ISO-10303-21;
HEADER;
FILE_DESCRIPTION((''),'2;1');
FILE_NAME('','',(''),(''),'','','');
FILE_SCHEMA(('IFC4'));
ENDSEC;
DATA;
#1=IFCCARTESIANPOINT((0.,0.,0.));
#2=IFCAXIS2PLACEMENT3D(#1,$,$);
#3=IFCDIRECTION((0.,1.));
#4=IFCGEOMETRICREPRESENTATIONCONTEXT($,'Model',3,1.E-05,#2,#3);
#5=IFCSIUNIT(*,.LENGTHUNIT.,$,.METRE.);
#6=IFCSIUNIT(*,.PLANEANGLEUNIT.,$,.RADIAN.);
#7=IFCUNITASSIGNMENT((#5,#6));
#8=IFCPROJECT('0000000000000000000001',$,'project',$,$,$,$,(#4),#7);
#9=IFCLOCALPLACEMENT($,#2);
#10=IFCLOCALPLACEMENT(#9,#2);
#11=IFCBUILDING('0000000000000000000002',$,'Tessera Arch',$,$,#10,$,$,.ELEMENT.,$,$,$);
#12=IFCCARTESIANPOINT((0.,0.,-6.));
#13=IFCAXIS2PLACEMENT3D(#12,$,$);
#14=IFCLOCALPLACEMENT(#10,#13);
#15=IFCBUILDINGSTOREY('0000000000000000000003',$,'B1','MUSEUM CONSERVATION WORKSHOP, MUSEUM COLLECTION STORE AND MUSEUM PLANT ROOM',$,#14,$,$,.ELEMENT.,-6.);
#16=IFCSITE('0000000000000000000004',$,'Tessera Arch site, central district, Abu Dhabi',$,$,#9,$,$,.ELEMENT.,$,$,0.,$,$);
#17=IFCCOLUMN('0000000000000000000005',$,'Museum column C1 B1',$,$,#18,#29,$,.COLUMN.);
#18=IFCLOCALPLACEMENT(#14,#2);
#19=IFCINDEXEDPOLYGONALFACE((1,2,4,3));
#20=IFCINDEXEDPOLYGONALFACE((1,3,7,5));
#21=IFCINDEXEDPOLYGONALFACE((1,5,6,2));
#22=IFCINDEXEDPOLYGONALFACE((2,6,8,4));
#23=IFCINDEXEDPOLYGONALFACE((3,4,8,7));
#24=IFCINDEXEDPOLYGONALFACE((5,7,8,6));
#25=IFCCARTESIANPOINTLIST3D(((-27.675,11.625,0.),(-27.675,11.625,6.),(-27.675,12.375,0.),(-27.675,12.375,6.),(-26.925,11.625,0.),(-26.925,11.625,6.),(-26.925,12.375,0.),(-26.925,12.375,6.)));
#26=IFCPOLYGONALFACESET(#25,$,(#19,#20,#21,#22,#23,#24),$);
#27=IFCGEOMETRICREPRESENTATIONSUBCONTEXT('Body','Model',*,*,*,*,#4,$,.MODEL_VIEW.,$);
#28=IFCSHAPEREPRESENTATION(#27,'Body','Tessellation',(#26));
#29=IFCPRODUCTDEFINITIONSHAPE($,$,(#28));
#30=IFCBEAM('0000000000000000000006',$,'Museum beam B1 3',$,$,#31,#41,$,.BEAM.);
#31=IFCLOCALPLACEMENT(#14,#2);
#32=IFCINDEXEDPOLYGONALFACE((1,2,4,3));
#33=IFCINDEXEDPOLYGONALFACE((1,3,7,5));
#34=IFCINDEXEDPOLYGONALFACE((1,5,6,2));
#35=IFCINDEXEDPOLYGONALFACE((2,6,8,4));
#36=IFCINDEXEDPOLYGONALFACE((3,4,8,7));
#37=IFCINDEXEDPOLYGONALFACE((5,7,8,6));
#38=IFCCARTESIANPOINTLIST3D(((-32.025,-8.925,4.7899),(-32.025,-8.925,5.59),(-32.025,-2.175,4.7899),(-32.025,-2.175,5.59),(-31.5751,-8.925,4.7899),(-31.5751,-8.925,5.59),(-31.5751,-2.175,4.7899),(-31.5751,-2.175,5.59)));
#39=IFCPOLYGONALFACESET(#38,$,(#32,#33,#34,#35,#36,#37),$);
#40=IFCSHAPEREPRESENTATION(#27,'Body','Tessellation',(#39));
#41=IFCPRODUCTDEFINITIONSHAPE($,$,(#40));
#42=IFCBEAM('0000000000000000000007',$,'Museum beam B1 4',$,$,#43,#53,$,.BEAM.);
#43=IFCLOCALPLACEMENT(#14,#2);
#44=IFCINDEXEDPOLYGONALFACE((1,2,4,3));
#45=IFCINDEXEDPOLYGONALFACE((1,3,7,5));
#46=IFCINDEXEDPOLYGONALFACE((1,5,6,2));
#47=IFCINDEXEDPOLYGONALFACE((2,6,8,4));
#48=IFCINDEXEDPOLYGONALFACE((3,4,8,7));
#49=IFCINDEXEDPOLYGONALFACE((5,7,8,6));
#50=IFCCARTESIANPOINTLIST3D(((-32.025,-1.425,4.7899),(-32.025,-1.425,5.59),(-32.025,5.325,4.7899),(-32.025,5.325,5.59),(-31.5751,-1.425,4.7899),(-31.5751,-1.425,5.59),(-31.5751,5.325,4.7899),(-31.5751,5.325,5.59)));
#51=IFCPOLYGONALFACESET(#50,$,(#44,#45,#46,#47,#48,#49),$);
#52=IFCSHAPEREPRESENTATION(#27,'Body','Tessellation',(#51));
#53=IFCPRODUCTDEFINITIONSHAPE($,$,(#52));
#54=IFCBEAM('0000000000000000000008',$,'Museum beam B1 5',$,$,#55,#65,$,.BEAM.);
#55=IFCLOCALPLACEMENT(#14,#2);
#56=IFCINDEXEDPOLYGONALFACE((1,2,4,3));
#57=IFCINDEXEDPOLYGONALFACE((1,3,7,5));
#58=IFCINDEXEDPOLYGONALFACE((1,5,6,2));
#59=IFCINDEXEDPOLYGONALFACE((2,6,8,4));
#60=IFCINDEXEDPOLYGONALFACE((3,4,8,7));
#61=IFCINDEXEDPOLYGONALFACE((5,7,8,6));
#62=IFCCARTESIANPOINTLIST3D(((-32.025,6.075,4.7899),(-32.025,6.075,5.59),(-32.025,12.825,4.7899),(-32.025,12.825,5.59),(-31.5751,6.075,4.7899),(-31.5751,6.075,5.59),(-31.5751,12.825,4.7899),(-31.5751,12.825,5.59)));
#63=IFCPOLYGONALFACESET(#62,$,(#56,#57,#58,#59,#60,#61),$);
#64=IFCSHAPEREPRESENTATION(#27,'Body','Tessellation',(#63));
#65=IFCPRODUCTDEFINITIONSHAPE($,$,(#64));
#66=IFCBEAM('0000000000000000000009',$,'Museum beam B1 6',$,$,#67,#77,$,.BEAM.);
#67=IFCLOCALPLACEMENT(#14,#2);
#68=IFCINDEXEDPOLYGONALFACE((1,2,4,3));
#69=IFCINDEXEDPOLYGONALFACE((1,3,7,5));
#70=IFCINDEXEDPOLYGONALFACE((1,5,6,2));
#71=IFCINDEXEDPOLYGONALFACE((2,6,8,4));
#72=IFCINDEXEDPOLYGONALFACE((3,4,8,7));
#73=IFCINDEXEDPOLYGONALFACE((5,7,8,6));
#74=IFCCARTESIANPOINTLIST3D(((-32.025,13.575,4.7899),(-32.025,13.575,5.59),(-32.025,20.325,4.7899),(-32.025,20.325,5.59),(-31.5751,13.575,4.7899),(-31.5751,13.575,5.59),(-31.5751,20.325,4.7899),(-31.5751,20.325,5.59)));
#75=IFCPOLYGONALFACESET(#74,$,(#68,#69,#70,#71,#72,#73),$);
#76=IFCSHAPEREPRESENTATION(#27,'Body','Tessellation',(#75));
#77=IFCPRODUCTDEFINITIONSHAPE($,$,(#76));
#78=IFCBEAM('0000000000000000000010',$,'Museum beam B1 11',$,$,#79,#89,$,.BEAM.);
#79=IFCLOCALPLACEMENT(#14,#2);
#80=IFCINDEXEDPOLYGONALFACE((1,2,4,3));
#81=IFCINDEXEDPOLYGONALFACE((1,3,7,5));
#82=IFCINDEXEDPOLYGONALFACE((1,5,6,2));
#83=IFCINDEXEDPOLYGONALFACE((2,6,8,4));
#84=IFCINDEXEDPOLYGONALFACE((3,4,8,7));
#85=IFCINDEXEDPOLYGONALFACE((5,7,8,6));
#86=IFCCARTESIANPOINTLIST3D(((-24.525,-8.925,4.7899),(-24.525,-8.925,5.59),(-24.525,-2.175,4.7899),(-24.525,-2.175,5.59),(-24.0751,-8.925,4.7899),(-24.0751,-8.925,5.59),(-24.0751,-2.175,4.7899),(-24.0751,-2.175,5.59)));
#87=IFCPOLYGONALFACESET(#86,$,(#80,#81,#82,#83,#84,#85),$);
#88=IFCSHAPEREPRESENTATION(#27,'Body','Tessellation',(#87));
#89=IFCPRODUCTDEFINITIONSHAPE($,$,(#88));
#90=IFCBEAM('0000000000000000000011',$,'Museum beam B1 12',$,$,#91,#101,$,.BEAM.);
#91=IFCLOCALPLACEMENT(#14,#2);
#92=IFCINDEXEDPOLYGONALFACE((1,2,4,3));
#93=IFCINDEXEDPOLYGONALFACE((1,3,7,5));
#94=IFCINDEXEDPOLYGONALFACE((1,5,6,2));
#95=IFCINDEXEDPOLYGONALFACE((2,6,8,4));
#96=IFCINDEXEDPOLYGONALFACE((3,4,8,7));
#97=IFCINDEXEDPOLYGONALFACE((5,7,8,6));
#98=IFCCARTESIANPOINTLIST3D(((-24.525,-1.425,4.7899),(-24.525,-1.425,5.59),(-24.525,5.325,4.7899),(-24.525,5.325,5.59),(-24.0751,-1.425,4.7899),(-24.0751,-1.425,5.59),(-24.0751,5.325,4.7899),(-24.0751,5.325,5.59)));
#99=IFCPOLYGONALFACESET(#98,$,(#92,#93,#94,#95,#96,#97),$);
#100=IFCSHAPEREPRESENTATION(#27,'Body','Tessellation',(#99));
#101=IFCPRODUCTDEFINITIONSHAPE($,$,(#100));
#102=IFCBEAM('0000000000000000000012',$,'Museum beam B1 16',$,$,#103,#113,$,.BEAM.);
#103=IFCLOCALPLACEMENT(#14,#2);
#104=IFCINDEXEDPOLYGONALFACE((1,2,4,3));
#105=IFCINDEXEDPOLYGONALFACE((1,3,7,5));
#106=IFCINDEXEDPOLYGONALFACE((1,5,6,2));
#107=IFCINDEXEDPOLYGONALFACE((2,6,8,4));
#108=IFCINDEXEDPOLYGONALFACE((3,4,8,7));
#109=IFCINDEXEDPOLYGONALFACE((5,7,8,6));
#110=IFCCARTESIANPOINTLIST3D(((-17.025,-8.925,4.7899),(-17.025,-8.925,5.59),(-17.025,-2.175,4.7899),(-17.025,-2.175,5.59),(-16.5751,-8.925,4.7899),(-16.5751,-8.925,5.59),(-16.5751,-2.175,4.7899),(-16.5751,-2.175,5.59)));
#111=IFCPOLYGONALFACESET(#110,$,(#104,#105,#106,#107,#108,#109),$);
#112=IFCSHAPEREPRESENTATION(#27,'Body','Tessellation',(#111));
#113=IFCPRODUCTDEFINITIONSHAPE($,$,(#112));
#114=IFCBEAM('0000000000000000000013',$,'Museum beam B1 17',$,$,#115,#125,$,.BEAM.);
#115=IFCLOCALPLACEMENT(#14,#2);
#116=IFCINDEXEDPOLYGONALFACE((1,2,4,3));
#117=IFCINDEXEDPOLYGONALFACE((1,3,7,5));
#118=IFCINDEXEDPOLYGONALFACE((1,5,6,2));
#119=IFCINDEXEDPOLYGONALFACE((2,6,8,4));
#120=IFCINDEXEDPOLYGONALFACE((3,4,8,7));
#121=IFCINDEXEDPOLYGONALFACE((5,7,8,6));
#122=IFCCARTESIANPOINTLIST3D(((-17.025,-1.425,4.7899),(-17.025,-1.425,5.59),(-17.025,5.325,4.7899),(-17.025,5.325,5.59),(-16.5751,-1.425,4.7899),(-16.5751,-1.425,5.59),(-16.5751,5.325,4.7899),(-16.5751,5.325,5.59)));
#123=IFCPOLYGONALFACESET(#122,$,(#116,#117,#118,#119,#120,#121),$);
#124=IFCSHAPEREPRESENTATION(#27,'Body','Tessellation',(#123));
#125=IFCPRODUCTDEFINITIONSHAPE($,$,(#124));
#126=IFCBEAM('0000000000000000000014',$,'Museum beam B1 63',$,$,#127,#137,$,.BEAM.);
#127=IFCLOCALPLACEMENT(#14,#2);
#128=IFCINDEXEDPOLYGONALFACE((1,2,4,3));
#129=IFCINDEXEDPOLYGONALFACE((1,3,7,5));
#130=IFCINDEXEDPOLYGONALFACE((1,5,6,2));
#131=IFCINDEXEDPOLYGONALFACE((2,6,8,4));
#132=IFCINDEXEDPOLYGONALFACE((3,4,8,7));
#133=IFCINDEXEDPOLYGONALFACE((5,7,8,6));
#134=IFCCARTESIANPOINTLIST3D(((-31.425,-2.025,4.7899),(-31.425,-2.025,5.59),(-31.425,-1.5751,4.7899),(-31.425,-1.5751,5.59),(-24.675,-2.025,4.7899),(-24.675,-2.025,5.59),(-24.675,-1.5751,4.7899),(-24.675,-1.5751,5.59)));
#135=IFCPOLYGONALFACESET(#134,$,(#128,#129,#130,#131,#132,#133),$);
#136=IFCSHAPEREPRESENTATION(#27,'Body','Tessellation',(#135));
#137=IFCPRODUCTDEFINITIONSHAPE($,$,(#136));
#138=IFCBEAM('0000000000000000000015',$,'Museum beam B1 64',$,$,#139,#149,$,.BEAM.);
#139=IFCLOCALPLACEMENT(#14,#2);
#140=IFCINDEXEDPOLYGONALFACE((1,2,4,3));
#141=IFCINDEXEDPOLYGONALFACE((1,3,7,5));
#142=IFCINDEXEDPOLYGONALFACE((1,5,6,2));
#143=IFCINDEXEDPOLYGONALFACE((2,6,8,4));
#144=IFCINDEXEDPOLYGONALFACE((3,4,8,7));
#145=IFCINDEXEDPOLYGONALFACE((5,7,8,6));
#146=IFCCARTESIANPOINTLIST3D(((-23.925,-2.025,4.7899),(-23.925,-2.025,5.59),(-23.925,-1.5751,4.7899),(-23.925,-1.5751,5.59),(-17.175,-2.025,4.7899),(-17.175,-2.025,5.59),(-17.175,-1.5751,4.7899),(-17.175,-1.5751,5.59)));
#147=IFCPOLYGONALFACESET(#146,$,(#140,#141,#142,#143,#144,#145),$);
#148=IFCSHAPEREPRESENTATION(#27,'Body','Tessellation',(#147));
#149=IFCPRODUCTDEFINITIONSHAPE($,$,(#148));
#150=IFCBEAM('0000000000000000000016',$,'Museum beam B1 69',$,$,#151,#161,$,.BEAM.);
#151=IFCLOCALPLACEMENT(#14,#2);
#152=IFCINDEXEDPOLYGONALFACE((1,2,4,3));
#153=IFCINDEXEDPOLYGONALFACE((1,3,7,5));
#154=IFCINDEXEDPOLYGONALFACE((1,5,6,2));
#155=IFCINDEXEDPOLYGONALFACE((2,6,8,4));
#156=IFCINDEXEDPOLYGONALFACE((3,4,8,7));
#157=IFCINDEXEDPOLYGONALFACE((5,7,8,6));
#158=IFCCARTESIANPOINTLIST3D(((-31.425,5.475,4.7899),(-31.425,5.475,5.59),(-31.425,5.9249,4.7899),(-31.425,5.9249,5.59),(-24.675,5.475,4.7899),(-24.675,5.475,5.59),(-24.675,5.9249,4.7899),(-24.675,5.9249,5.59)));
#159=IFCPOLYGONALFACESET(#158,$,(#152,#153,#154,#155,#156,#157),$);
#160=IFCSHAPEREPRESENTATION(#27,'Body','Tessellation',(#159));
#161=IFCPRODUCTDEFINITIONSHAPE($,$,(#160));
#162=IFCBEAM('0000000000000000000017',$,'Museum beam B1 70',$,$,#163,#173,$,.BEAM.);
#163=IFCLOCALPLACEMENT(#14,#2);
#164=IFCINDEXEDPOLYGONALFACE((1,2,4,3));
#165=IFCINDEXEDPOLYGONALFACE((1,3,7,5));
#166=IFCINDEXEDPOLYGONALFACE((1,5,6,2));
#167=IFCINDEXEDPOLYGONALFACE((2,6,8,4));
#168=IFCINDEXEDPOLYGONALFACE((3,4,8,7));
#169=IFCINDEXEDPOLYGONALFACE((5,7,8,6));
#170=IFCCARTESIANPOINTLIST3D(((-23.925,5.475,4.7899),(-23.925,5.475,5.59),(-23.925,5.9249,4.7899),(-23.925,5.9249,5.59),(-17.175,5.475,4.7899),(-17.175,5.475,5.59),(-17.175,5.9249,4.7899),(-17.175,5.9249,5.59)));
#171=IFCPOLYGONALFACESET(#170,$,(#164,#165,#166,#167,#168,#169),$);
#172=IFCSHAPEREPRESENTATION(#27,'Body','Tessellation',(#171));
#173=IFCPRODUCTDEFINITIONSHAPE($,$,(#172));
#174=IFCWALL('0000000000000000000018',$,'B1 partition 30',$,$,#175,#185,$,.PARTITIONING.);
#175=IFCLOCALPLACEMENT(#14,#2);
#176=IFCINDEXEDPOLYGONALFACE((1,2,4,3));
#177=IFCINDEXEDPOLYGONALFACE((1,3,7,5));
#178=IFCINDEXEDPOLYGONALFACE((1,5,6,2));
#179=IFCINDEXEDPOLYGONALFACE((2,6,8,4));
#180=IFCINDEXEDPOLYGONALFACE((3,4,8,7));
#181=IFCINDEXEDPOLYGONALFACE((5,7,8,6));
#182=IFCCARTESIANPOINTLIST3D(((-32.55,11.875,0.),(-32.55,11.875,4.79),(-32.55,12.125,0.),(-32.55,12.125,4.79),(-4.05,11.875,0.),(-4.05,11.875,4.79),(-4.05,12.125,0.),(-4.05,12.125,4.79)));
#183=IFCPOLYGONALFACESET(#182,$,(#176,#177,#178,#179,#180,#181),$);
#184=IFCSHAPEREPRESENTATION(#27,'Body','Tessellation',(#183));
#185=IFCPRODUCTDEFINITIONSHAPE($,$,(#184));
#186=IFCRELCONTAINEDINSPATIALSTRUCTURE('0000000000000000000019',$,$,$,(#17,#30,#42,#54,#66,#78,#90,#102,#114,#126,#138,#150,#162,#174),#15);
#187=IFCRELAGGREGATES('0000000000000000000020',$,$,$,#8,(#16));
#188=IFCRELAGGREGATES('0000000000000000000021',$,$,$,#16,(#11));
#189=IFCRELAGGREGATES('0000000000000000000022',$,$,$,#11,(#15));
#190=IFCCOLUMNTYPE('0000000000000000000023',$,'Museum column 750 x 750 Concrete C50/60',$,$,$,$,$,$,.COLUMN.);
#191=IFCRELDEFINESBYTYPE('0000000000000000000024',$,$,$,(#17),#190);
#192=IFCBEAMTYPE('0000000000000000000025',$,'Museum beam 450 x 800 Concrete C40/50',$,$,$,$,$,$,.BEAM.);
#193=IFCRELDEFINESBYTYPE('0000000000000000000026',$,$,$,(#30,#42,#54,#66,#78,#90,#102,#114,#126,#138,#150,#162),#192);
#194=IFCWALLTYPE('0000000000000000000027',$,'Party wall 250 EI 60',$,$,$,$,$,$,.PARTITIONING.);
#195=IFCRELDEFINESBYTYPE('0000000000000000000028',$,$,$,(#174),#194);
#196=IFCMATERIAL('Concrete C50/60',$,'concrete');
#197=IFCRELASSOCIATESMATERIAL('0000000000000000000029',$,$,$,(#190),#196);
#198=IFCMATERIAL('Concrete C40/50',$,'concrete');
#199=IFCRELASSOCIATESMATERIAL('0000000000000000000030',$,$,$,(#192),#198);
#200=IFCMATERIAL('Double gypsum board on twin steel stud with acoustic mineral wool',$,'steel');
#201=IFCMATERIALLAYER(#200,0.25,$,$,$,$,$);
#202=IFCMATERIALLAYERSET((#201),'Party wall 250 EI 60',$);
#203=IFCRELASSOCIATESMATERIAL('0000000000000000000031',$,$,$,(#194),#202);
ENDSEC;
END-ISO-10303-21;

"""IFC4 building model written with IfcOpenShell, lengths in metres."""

from ifc_helpers import new_model, si_unit, direction, frame, frame_2d, origin, origin_2d, place, context, subcontext, project, spatial, rectangle, extrude, material, layer, layer_set, material_profile, profile_set, type_object, element, save


model = new_model("IFC4")

# Units and contexts
model_context = context("Model", 3, precision=1e-05, world=origin(), true_north=direction((0.0, 1.0)))
body_context = subcontext(model_context, "Body", "Model", "MODEL_VIEW")
ifc_project = project(units=[si_unit("LENGTHUNIT", "METRE"), si_unit("PLANEANGLEUNIT", "RADIAN")], contexts=[model_context])

# Site, building, storey
site_placement = place(None, origin())
site = spatial("IfcSite", under=ifc_project, at=site_placement, Name="Tessera Arch site, central district, Abu Dhabi", CompositionType="ELEMENT", RefElevation=0.0)
building_placement = place(site_placement, origin())
building = spatial("IfcBuilding", under=site, at=building_placement, Name="Tessera Arch", CompositionType="ELEMENT")
storey_placement = place(building_placement, frame((0.0, 0.0, -6.0)))
storey = spatial("IfcBuildingStorey", under=building, at=storey_placement, Name="B1", Description="MUSEUM CONSERVATION WORKSHOP, MUSEUM COLLECTION STORE AND MUSEUM PLANT ROOM", CompositionType="ELEMENT", Elevation=-6.0)

# Column
ifc_material_1 = material(Name="Concrete C50/60", Category="concrete")
ifc_material_profile_1 = material_profile(ifc_material_1, rectangle(XDim=0.75, YDim=0.75, at=origin_2d()), Name="Museum column 750 x 750 Concrete C50/60")
ifc_profile_set_1 = profile_set([ifc_material_profile_1], Name="Concrete C50/60")
column_type = type_object("IfcColumnType", Name="Museum column 750 x 750 Concrete C50/60", PredefinedType="COLUMN", material=ifc_profile_set_1)
for number, where, z_axis, x_axis, name in (
    (1, (-27.3, 12.0, 0.0), (0.0, 0.0, 1.0), (1.0, 0.0, 0.0), "Museum column C1 B1"),
):
    element("IfcColumn", number, at=place(storey_placement, frame(where, z_axis=z_axis, x_axis=x_axis)), inside=storey, type_object=column_type, Name=name, PredefinedType="COLUMN", context=body_context, shape_type="SweptSolid", body=[
        extrude(rectangle(XDim=0.75, YDim=0.75, at=origin_2d()), origin(), (0.0, 0.0, 1.0), 6.0),
    ])

# Beams
ifc_material_2 = material(Name="Concrete C40/50", Category="concrete")
ifc_material_profile_2 = material_profile(ifc_material_2, rectangle(XDim=0.45, YDim=0.8, at=origin_2d()), Name="Museum beam 450 x 800 Concrete C40/50")
ifc_profile_set_2 = profile_set([ifc_material_profile_2], Name="Concrete C40/50")
beam_type = type_object("IfcBeamType", Name="Museum beam 450 x 800 Concrete C40/50", PredefinedType="BEAM", material=ifc_profile_set_2)
for number, where, z_axis, x_axis, name in (
    (2, (-31.8, -8.925, 5.1899), (0.0, 1.0, 0.0), (-1.0, 0.0, 0.0), "Museum beam B1 3"),
    (3, (-31.8, -1.425, 5.1899), (0.0, 1.0, 0.0), (-1.0, 0.0, 0.0), "Museum beam B1 4"),
    (4, (-31.8, 6.075, 5.1899), (0.0, 1.0, 0.0), (-1.0, 0.0, 0.0), "Museum beam B1 5"),
    (5, (-31.8, 13.575, 5.1899), (0.0, 1.0, 0.0), (-1.0, 0.0, 0.0), "Museum beam B1 6"),
    (6, (-24.3, -8.925, 5.1899), (0.0, 1.0, 0.0), (-1.0, 0.0, 0.0), "Museum beam B1 11"),
    (7, (-24.3, -1.425, 5.1899), (0.0, 1.0, 0.0), (-1.0, 0.0, 0.0), "Museum beam B1 12"),
    (8, (-16.8, -8.925, 5.1899), (0.0, 1.0, 0.0), (-1.0, 0.0, 0.0), "Museum beam B1 16"),
    (9, (-16.8, -1.425, 5.1899), (0.0, 1.0, 0.0), (-1.0, 0.0, 0.0), "Museum beam B1 17"),
    (10, (-31.425, -1.8, 5.1899), (1.0, 0.0, 0.0), (0.0, 1.0, 0.0), "Museum beam B1 63"),
    (11, (-23.925, -1.8, 5.1899), (1.0, 0.0, 0.0), (0.0, 1.0, 0.0), "Museum beam B1 64"),
    (12, (-31.425, 5.7, 5.1899), (1.0, 0.0, 0.0), (0.0, 1.0, 0.0), "Museum beam B1 69"),
    (13, (-23.925, 5.7, 5.1899), (1.0, 0.0, 0.0), (0.0, 1.0, 0.0), "Museum beam B1 70"),
):
    element("IfcBeam", number, at=place(storey_placement, frame(where, z_axis=z_axis, x_axis=x_axis)), inside=storey, type_object=beam_type, Name=name, PredefinedType="BEAM", context=body_context, shape_type="SweptSolid", body=[
        extrude(rectangle(XDim=0.45, YDim=0.8, at=origin_2d()), origin(), (0.0, 0.0, 1.0), 6.75),
    ])

# Wall
ifc_material_3 = material(Name="Double gypsum board on twin steel stud with acoustic mineral wool", Category="steel")
ifc_layer = layer(ifc_material_3, 0.25)
ifc_layer_set = layer_set([ifc_layer], Name="Party wall 250 EI 60")
wall_type = type_object("IfcWallType", Name="Party wall 250 EI 60", PredefinedType="PARTITIONING", material=ifc_layer_set)
wall_placement = place(storey_placement, frame((-32.55, 12.0, 0.0), z_axis=(0.0, 0.0, 1.0), x_axis=(1.0, 0.0, 0.0)))
element("IfcWall", 14, at=wall_placement, inside=storey, type_object=wall_type, Name="B1 partition 30", PredefinedType="PARTITIONING", context=body_context, shape_type="SweptSolid", body=[
    extrude(rectangle(XDim=28.5, YDim=0.25, at=frame_2d((14.25, 0.0))), origin(), (0.0, 0.0, 1.0), 4.79),
])

save(model, "model.ifc")
